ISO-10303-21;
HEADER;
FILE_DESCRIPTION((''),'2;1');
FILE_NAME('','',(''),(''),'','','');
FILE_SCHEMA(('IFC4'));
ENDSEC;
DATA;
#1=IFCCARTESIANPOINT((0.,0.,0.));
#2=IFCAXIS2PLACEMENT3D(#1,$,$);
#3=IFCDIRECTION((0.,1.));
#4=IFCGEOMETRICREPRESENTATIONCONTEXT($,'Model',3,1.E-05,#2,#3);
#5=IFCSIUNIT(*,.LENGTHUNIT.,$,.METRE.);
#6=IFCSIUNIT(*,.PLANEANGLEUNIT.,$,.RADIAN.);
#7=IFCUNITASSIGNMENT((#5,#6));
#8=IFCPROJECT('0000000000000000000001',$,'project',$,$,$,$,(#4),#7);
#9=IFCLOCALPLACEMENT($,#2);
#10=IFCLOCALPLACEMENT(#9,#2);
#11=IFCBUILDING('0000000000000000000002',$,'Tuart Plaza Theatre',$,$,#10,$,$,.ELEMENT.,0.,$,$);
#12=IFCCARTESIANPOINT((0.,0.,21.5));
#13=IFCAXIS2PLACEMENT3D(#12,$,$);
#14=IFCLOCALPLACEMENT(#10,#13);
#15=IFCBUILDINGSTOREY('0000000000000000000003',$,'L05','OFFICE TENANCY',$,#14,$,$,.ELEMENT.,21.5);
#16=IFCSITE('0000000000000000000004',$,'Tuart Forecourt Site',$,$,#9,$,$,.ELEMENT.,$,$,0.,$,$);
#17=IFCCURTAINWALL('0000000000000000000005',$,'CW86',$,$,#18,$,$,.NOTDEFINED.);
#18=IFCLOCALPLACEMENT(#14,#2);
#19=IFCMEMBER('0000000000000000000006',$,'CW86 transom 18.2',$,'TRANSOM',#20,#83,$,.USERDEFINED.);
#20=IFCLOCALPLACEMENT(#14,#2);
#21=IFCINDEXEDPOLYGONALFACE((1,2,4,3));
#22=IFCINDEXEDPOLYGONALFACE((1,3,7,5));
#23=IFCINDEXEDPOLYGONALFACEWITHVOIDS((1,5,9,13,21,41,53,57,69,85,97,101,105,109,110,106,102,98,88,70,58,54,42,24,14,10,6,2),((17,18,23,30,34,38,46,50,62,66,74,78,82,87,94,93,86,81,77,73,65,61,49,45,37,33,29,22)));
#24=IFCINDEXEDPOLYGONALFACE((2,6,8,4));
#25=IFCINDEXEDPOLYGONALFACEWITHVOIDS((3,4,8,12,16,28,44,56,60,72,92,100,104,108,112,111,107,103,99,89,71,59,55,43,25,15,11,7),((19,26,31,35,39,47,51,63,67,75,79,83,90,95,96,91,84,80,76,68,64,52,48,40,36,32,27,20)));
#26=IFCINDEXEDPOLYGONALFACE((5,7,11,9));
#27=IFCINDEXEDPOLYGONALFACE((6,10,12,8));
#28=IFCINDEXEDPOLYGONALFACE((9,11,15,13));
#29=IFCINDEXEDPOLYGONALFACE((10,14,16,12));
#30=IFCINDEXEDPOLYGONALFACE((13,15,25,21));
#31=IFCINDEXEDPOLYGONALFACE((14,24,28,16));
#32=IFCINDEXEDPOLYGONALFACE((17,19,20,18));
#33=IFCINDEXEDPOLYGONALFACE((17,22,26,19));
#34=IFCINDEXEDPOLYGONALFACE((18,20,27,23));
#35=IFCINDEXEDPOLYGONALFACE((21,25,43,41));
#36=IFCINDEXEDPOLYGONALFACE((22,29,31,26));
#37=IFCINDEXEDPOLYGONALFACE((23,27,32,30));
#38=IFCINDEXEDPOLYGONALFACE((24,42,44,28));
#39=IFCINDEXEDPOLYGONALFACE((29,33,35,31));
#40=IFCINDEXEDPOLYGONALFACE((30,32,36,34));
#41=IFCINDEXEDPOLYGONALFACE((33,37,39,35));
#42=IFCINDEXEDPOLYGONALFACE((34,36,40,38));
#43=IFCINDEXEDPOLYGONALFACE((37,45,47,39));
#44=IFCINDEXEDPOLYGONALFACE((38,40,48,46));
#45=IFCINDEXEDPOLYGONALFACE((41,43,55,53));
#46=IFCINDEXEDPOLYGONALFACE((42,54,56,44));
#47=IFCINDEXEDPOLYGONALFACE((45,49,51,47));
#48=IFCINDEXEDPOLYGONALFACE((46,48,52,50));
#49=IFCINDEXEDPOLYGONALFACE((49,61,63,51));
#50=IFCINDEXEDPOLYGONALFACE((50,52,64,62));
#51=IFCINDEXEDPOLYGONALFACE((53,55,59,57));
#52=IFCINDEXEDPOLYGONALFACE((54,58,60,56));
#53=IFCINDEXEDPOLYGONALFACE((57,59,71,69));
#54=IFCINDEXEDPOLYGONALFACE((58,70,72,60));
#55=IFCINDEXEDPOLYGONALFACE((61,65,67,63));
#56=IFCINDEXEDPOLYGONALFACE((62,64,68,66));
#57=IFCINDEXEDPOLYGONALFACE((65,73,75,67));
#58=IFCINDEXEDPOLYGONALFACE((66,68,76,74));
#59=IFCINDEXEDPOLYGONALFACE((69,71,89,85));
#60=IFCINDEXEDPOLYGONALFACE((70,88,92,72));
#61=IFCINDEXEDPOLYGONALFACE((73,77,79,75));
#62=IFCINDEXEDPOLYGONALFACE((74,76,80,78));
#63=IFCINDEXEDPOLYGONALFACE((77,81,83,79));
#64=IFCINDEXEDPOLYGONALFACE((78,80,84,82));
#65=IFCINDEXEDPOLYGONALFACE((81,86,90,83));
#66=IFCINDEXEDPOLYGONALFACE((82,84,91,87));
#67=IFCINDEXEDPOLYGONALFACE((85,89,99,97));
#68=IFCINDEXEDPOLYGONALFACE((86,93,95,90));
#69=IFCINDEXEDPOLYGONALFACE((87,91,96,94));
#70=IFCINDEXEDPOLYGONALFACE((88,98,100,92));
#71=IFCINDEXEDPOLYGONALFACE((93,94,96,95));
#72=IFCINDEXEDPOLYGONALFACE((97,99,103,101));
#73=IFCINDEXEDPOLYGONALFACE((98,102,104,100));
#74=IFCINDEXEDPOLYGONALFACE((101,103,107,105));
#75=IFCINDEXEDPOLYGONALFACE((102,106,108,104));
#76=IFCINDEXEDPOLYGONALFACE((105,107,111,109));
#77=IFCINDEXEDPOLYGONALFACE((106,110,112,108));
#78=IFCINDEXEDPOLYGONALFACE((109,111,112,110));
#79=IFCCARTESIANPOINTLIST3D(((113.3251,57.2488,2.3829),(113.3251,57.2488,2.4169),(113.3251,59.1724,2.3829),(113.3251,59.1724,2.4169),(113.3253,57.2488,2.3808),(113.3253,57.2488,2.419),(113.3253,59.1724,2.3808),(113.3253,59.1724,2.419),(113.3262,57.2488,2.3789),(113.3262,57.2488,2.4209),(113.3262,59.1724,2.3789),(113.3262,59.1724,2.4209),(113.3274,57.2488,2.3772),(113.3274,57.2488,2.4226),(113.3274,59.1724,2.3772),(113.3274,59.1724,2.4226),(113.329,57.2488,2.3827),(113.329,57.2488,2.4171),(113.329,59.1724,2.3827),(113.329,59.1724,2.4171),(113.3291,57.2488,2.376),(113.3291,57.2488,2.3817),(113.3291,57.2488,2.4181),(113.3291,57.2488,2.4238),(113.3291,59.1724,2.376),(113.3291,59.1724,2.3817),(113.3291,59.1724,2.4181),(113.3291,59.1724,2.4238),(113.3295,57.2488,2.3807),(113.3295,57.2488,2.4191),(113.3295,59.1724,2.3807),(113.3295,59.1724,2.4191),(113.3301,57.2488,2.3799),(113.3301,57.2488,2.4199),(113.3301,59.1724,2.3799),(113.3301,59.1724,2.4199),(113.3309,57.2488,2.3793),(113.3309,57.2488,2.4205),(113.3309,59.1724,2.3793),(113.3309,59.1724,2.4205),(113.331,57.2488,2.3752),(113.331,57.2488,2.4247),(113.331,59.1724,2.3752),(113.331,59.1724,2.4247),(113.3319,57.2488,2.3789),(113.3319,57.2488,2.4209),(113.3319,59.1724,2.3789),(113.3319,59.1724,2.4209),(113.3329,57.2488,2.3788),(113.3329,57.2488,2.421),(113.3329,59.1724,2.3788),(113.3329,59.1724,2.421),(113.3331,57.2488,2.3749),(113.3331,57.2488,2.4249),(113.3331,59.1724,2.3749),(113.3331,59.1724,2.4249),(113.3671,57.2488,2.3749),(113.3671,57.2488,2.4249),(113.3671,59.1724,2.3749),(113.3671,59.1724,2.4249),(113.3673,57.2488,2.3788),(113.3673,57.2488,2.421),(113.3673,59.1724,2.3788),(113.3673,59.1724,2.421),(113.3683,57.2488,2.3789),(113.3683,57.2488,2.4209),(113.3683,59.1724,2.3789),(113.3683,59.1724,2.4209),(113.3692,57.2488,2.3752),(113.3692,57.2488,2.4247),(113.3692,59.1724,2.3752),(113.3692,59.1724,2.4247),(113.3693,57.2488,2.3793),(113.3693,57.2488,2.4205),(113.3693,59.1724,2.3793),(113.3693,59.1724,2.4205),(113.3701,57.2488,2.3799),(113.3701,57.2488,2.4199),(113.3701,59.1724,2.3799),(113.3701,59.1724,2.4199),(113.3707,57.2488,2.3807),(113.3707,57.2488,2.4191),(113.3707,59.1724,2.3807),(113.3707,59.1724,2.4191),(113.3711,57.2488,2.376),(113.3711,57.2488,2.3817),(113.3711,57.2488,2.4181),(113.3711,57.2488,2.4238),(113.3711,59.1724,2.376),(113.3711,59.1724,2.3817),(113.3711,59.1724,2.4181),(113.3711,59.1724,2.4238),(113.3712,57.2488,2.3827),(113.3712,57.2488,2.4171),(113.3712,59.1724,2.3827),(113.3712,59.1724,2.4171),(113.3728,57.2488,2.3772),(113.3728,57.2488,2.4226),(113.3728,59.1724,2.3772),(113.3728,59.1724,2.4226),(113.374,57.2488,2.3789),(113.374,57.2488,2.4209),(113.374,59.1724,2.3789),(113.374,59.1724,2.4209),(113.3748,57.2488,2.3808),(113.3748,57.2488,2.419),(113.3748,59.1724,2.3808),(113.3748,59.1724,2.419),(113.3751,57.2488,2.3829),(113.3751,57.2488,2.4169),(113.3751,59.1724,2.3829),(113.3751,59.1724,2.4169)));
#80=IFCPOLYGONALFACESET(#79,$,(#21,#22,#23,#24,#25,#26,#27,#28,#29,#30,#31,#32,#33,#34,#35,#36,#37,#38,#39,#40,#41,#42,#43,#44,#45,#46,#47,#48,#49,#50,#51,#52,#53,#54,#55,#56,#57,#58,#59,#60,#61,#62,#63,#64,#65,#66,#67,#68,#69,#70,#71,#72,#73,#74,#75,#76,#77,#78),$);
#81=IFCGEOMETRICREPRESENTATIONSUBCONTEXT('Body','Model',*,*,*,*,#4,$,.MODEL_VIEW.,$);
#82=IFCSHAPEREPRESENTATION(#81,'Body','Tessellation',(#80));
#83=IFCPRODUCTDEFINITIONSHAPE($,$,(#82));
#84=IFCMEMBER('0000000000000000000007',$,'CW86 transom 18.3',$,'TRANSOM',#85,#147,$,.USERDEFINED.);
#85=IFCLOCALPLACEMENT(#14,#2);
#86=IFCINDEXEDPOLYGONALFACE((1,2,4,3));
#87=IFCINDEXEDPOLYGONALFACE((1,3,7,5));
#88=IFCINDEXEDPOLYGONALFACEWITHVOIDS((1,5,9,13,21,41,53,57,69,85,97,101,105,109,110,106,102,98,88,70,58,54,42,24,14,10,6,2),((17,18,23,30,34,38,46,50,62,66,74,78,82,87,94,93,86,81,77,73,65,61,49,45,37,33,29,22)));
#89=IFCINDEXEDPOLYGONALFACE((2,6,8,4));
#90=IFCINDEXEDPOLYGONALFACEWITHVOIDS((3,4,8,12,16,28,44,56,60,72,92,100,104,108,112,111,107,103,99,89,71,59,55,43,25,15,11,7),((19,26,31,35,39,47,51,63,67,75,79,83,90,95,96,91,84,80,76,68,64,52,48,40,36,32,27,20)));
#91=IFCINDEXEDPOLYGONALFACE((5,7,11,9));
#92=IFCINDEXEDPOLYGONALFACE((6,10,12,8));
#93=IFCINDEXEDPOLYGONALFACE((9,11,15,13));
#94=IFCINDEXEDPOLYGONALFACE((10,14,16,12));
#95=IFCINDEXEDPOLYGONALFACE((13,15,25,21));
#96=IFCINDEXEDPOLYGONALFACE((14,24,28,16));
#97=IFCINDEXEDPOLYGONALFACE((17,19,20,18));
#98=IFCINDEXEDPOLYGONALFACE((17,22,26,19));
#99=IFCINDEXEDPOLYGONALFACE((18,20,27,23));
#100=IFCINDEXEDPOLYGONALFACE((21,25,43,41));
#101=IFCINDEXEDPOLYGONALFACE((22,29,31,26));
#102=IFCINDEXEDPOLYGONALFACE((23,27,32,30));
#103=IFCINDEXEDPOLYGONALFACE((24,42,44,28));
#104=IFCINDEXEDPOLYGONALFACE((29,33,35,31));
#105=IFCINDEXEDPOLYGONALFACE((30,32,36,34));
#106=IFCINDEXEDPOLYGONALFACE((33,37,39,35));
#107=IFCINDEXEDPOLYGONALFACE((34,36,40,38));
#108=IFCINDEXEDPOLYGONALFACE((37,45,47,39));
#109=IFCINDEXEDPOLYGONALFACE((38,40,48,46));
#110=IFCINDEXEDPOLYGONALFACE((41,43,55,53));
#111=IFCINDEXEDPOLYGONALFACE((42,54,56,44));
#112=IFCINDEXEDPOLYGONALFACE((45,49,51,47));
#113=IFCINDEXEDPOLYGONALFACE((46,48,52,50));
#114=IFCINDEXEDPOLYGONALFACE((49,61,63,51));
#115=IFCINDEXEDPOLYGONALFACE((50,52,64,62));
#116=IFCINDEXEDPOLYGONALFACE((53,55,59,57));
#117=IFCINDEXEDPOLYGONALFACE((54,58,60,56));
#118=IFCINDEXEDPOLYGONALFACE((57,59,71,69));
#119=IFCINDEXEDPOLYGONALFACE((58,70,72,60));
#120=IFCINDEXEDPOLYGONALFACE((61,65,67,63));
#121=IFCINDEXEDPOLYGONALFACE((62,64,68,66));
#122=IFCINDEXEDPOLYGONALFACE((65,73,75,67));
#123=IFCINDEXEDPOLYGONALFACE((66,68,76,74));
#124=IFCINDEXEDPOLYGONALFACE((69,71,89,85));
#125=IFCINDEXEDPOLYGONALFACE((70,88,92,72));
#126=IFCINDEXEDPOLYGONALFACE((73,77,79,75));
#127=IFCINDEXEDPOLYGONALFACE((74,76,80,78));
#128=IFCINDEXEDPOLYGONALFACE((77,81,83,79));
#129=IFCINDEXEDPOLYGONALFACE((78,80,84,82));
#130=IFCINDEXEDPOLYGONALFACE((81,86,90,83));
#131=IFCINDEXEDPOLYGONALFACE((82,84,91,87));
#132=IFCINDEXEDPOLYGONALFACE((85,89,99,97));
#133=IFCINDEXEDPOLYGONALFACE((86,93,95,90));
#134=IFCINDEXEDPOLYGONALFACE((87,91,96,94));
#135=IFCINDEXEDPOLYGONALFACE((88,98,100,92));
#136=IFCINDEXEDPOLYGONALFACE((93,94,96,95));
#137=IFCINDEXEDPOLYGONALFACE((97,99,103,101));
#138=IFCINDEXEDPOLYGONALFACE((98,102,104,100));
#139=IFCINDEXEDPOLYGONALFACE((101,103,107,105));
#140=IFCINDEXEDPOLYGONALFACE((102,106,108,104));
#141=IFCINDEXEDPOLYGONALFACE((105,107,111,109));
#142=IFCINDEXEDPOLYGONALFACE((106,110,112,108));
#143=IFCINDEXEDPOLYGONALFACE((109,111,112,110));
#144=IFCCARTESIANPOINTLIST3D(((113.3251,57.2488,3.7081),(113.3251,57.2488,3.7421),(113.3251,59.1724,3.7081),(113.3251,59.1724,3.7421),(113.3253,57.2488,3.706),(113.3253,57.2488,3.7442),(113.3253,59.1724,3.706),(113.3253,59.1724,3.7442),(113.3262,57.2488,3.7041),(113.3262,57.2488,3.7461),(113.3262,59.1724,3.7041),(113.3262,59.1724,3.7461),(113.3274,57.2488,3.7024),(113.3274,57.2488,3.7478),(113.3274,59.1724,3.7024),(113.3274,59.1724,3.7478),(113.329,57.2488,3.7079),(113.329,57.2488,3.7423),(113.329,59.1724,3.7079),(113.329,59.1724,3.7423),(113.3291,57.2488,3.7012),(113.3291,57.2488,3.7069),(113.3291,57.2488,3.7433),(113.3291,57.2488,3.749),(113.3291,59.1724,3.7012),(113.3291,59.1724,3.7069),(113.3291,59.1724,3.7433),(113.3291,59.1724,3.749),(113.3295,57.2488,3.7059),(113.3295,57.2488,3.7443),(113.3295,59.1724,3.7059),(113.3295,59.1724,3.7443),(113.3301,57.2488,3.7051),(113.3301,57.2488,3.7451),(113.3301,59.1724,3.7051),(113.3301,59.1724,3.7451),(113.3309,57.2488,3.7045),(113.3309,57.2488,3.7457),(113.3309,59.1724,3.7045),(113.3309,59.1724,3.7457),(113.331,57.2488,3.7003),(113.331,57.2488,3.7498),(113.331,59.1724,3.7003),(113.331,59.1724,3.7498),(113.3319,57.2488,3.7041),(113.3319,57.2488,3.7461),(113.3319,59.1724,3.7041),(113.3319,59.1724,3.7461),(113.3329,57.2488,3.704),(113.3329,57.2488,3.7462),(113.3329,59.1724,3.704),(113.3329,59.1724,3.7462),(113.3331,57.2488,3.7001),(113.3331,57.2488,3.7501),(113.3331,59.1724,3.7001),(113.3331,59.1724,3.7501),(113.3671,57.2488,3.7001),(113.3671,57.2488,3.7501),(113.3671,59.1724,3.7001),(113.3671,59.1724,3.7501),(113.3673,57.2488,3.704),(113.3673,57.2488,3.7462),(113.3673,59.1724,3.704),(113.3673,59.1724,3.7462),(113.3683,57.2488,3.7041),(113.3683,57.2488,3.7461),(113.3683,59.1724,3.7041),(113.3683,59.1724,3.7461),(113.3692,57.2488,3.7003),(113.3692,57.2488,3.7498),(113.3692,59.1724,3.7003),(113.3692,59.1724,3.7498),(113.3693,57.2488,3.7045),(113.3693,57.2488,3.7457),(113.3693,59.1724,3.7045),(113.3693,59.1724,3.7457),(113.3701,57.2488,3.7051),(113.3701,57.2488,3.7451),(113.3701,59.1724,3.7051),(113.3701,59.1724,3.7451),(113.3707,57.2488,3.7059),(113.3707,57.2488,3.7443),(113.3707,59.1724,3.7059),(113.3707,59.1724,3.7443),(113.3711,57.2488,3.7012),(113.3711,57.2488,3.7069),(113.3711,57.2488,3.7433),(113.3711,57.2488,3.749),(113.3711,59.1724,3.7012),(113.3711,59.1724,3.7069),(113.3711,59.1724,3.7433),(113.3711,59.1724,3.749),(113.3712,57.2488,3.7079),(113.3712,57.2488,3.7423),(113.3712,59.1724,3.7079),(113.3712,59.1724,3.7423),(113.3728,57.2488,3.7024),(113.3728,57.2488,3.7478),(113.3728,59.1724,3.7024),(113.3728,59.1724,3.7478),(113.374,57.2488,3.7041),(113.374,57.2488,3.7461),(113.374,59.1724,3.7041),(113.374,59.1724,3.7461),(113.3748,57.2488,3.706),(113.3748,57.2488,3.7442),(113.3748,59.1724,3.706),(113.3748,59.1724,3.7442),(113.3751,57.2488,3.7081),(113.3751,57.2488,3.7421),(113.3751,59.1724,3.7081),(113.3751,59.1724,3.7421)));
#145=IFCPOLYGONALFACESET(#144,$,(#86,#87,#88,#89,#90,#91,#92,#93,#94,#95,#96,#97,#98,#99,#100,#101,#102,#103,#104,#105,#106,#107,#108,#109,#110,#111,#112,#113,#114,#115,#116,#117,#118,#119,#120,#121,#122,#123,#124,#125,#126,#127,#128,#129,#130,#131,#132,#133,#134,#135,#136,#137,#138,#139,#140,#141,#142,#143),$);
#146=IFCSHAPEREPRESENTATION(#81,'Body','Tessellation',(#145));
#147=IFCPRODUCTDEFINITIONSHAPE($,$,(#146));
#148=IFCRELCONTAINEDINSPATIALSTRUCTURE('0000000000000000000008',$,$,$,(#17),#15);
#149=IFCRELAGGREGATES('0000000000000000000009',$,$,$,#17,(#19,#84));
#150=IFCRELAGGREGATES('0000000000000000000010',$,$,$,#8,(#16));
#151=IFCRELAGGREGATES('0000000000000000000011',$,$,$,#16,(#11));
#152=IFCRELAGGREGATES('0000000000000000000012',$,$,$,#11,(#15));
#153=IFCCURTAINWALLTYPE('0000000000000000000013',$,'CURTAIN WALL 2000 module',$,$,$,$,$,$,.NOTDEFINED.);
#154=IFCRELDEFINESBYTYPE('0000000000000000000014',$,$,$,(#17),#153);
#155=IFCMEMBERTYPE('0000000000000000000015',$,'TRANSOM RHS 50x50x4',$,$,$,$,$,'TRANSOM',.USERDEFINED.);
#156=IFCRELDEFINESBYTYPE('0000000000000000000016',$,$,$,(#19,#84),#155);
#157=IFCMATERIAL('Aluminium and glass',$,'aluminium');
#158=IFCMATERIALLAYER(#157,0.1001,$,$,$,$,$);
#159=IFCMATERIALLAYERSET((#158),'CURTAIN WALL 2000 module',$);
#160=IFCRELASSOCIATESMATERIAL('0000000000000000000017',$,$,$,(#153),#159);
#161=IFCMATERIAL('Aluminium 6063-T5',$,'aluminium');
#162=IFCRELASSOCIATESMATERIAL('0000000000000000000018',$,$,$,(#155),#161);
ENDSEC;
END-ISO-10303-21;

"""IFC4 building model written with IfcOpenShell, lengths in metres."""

from ifc_helpers import new_model, si_unit, direction, frame, origin, origin_2d, place, context, subcontext, project, spatial, hollow_rectangle, extrude, material, layer, layer_set, material_profile, profile_set, type_object, element, aggregate, save


model = new_model("IFC4")

# Units and contexts
model_context = context("Model", 3, precision=1e-05, world=origin(), true_north=direction((0.0, 1.0)))
body_context = subcontext(model_context, "Body", "Model", "MODEL_VIEW")
ifc_project = project(units=[si_unit("LENGTHUNIT", "METRE"), si_unit("PLANEANGLEUNIT", "RADIAN")], contexts=[model_context])

# Site, building, storey
site_placement = place(None, origin())
site = spatial("IfcSite", under=ifc_project, at=site_placement, Name="Tuart Forecourt Site", CompositionType="ELEMENT", RefElevation=0.0)
building_placement = place(site_placement, origin())
building = spatial("IfcBuilding", under=site, at=building_placement, Name="Tuart Plaza Theatre", CompositionType="ELEMENT", ElevationOfRefHeight=0.0)
storey_placement = place(building_placement, frame((0.0, 0.0, 21.5)))
storey = spatial("IfcBuildingStorey", under=building, at=storey_placement, Name="L05", Description="OFFICE TENANCY", CompositionType="ELEMENT", Elevation=21.5)

# Curtain wall
ifc_material_1 = material(Name="Aluminium and glass", Category="aluminium")
ifc_layer_1 = layer(ifc_material_1, 0.1001)
ifc_layer_set_1 = layer_set([ifc_layer_1], Name="CURTAIN WALL 2000 module")
curtain_wall_type = type_object("IfcCurtainWallType", Name="CURTAIN WALL 2000 module", PredefinedType="NOTDEFINED", material=ifc_layer_set_1)
curtain_wall_1_placement = place(storey_placement, origin())
curtain_wall_1 = element("IfcCurtainWall", 1, at=curtain_wall_1_placement, inside=storey, type_object=curtain_wall_type, Name="CW86", PredefinedType="NOTDEFINED")

# Members
ifc_material_2 = material(Name="Aluminium 6063-T5", Category="aluminium")
ifc_material_profile_1 = material_profile(ifc_material_2, hollow_rectangle(XDim=0.05, YDim=0.05, WallThickness=0.0039, InnerFilletRadius=0.0039, OuterFilletRadius=0.0081, at=origin_2d()), Name="RHS 50x50x4")
ifc_profile_set_1 = profile_set([ifc_material_profile_1], Name="Aluminium 6063-T5")
member_type_1 = type_object("IfcMemberType", Name="TRANSOM RHS 50x50x4", ElementType="TRANSOM", PredefinedType="USERDEFINED", material=ifc_profile_set_1)
member_1_placement = place(storey_placement, frame((113.3501, 59.1724, 2.3999), z_axis=(0.0, -1.0, 0.0), x_axis=(1.0, 0.0, 0.0)))
member_1 = element("IfcMember", 2, at=member_1_placement, type_object=member_type_1, Name="CW86 transom 18.2", ObjectType="TRANSOM", PredefinedType="USERDEFINED", context=body_context, shape_type="SweptSolid", body=[
    extrude(hollow_rectangle(XDim=0.05, YDim=0.05, WallThickness=0.0039, InnerFilletRadius=0.0039, OuterFilletRadius=0.0081, at=origin_2d()), origin(), (0.0, 0.0, 1.0), 1.9236),
])
member_2_placement = place(storey_placement, frame((113.3501, 59.1724, 3.7251), z_axis=(0.0, -1.0, 0.0), x_axis=(1.0, 0.0, 0.0)))
member_2 = element("IfcMember", 3, at=member_2_placement, type_object=member_type_1, Name="CW86 transom 18.3", ObjectType="TRANSOM", PredefinedType="USERDEFINED", context=body_context, shape_type="SweptSolid", body=[
    extrude(hollow_rectangle(XDim=0.05, YDim=0.05, WallThickness=0.0039, InnerFilletRadius=0.0039, OuterFilletRadius=0.0081, at=origin_2d()), origin(), (0.0, 0.0, 1.0), 1.9236),
])

aggregate(curtain_wall_1, [member_1, member_2])

save(model, "model.ifc")
